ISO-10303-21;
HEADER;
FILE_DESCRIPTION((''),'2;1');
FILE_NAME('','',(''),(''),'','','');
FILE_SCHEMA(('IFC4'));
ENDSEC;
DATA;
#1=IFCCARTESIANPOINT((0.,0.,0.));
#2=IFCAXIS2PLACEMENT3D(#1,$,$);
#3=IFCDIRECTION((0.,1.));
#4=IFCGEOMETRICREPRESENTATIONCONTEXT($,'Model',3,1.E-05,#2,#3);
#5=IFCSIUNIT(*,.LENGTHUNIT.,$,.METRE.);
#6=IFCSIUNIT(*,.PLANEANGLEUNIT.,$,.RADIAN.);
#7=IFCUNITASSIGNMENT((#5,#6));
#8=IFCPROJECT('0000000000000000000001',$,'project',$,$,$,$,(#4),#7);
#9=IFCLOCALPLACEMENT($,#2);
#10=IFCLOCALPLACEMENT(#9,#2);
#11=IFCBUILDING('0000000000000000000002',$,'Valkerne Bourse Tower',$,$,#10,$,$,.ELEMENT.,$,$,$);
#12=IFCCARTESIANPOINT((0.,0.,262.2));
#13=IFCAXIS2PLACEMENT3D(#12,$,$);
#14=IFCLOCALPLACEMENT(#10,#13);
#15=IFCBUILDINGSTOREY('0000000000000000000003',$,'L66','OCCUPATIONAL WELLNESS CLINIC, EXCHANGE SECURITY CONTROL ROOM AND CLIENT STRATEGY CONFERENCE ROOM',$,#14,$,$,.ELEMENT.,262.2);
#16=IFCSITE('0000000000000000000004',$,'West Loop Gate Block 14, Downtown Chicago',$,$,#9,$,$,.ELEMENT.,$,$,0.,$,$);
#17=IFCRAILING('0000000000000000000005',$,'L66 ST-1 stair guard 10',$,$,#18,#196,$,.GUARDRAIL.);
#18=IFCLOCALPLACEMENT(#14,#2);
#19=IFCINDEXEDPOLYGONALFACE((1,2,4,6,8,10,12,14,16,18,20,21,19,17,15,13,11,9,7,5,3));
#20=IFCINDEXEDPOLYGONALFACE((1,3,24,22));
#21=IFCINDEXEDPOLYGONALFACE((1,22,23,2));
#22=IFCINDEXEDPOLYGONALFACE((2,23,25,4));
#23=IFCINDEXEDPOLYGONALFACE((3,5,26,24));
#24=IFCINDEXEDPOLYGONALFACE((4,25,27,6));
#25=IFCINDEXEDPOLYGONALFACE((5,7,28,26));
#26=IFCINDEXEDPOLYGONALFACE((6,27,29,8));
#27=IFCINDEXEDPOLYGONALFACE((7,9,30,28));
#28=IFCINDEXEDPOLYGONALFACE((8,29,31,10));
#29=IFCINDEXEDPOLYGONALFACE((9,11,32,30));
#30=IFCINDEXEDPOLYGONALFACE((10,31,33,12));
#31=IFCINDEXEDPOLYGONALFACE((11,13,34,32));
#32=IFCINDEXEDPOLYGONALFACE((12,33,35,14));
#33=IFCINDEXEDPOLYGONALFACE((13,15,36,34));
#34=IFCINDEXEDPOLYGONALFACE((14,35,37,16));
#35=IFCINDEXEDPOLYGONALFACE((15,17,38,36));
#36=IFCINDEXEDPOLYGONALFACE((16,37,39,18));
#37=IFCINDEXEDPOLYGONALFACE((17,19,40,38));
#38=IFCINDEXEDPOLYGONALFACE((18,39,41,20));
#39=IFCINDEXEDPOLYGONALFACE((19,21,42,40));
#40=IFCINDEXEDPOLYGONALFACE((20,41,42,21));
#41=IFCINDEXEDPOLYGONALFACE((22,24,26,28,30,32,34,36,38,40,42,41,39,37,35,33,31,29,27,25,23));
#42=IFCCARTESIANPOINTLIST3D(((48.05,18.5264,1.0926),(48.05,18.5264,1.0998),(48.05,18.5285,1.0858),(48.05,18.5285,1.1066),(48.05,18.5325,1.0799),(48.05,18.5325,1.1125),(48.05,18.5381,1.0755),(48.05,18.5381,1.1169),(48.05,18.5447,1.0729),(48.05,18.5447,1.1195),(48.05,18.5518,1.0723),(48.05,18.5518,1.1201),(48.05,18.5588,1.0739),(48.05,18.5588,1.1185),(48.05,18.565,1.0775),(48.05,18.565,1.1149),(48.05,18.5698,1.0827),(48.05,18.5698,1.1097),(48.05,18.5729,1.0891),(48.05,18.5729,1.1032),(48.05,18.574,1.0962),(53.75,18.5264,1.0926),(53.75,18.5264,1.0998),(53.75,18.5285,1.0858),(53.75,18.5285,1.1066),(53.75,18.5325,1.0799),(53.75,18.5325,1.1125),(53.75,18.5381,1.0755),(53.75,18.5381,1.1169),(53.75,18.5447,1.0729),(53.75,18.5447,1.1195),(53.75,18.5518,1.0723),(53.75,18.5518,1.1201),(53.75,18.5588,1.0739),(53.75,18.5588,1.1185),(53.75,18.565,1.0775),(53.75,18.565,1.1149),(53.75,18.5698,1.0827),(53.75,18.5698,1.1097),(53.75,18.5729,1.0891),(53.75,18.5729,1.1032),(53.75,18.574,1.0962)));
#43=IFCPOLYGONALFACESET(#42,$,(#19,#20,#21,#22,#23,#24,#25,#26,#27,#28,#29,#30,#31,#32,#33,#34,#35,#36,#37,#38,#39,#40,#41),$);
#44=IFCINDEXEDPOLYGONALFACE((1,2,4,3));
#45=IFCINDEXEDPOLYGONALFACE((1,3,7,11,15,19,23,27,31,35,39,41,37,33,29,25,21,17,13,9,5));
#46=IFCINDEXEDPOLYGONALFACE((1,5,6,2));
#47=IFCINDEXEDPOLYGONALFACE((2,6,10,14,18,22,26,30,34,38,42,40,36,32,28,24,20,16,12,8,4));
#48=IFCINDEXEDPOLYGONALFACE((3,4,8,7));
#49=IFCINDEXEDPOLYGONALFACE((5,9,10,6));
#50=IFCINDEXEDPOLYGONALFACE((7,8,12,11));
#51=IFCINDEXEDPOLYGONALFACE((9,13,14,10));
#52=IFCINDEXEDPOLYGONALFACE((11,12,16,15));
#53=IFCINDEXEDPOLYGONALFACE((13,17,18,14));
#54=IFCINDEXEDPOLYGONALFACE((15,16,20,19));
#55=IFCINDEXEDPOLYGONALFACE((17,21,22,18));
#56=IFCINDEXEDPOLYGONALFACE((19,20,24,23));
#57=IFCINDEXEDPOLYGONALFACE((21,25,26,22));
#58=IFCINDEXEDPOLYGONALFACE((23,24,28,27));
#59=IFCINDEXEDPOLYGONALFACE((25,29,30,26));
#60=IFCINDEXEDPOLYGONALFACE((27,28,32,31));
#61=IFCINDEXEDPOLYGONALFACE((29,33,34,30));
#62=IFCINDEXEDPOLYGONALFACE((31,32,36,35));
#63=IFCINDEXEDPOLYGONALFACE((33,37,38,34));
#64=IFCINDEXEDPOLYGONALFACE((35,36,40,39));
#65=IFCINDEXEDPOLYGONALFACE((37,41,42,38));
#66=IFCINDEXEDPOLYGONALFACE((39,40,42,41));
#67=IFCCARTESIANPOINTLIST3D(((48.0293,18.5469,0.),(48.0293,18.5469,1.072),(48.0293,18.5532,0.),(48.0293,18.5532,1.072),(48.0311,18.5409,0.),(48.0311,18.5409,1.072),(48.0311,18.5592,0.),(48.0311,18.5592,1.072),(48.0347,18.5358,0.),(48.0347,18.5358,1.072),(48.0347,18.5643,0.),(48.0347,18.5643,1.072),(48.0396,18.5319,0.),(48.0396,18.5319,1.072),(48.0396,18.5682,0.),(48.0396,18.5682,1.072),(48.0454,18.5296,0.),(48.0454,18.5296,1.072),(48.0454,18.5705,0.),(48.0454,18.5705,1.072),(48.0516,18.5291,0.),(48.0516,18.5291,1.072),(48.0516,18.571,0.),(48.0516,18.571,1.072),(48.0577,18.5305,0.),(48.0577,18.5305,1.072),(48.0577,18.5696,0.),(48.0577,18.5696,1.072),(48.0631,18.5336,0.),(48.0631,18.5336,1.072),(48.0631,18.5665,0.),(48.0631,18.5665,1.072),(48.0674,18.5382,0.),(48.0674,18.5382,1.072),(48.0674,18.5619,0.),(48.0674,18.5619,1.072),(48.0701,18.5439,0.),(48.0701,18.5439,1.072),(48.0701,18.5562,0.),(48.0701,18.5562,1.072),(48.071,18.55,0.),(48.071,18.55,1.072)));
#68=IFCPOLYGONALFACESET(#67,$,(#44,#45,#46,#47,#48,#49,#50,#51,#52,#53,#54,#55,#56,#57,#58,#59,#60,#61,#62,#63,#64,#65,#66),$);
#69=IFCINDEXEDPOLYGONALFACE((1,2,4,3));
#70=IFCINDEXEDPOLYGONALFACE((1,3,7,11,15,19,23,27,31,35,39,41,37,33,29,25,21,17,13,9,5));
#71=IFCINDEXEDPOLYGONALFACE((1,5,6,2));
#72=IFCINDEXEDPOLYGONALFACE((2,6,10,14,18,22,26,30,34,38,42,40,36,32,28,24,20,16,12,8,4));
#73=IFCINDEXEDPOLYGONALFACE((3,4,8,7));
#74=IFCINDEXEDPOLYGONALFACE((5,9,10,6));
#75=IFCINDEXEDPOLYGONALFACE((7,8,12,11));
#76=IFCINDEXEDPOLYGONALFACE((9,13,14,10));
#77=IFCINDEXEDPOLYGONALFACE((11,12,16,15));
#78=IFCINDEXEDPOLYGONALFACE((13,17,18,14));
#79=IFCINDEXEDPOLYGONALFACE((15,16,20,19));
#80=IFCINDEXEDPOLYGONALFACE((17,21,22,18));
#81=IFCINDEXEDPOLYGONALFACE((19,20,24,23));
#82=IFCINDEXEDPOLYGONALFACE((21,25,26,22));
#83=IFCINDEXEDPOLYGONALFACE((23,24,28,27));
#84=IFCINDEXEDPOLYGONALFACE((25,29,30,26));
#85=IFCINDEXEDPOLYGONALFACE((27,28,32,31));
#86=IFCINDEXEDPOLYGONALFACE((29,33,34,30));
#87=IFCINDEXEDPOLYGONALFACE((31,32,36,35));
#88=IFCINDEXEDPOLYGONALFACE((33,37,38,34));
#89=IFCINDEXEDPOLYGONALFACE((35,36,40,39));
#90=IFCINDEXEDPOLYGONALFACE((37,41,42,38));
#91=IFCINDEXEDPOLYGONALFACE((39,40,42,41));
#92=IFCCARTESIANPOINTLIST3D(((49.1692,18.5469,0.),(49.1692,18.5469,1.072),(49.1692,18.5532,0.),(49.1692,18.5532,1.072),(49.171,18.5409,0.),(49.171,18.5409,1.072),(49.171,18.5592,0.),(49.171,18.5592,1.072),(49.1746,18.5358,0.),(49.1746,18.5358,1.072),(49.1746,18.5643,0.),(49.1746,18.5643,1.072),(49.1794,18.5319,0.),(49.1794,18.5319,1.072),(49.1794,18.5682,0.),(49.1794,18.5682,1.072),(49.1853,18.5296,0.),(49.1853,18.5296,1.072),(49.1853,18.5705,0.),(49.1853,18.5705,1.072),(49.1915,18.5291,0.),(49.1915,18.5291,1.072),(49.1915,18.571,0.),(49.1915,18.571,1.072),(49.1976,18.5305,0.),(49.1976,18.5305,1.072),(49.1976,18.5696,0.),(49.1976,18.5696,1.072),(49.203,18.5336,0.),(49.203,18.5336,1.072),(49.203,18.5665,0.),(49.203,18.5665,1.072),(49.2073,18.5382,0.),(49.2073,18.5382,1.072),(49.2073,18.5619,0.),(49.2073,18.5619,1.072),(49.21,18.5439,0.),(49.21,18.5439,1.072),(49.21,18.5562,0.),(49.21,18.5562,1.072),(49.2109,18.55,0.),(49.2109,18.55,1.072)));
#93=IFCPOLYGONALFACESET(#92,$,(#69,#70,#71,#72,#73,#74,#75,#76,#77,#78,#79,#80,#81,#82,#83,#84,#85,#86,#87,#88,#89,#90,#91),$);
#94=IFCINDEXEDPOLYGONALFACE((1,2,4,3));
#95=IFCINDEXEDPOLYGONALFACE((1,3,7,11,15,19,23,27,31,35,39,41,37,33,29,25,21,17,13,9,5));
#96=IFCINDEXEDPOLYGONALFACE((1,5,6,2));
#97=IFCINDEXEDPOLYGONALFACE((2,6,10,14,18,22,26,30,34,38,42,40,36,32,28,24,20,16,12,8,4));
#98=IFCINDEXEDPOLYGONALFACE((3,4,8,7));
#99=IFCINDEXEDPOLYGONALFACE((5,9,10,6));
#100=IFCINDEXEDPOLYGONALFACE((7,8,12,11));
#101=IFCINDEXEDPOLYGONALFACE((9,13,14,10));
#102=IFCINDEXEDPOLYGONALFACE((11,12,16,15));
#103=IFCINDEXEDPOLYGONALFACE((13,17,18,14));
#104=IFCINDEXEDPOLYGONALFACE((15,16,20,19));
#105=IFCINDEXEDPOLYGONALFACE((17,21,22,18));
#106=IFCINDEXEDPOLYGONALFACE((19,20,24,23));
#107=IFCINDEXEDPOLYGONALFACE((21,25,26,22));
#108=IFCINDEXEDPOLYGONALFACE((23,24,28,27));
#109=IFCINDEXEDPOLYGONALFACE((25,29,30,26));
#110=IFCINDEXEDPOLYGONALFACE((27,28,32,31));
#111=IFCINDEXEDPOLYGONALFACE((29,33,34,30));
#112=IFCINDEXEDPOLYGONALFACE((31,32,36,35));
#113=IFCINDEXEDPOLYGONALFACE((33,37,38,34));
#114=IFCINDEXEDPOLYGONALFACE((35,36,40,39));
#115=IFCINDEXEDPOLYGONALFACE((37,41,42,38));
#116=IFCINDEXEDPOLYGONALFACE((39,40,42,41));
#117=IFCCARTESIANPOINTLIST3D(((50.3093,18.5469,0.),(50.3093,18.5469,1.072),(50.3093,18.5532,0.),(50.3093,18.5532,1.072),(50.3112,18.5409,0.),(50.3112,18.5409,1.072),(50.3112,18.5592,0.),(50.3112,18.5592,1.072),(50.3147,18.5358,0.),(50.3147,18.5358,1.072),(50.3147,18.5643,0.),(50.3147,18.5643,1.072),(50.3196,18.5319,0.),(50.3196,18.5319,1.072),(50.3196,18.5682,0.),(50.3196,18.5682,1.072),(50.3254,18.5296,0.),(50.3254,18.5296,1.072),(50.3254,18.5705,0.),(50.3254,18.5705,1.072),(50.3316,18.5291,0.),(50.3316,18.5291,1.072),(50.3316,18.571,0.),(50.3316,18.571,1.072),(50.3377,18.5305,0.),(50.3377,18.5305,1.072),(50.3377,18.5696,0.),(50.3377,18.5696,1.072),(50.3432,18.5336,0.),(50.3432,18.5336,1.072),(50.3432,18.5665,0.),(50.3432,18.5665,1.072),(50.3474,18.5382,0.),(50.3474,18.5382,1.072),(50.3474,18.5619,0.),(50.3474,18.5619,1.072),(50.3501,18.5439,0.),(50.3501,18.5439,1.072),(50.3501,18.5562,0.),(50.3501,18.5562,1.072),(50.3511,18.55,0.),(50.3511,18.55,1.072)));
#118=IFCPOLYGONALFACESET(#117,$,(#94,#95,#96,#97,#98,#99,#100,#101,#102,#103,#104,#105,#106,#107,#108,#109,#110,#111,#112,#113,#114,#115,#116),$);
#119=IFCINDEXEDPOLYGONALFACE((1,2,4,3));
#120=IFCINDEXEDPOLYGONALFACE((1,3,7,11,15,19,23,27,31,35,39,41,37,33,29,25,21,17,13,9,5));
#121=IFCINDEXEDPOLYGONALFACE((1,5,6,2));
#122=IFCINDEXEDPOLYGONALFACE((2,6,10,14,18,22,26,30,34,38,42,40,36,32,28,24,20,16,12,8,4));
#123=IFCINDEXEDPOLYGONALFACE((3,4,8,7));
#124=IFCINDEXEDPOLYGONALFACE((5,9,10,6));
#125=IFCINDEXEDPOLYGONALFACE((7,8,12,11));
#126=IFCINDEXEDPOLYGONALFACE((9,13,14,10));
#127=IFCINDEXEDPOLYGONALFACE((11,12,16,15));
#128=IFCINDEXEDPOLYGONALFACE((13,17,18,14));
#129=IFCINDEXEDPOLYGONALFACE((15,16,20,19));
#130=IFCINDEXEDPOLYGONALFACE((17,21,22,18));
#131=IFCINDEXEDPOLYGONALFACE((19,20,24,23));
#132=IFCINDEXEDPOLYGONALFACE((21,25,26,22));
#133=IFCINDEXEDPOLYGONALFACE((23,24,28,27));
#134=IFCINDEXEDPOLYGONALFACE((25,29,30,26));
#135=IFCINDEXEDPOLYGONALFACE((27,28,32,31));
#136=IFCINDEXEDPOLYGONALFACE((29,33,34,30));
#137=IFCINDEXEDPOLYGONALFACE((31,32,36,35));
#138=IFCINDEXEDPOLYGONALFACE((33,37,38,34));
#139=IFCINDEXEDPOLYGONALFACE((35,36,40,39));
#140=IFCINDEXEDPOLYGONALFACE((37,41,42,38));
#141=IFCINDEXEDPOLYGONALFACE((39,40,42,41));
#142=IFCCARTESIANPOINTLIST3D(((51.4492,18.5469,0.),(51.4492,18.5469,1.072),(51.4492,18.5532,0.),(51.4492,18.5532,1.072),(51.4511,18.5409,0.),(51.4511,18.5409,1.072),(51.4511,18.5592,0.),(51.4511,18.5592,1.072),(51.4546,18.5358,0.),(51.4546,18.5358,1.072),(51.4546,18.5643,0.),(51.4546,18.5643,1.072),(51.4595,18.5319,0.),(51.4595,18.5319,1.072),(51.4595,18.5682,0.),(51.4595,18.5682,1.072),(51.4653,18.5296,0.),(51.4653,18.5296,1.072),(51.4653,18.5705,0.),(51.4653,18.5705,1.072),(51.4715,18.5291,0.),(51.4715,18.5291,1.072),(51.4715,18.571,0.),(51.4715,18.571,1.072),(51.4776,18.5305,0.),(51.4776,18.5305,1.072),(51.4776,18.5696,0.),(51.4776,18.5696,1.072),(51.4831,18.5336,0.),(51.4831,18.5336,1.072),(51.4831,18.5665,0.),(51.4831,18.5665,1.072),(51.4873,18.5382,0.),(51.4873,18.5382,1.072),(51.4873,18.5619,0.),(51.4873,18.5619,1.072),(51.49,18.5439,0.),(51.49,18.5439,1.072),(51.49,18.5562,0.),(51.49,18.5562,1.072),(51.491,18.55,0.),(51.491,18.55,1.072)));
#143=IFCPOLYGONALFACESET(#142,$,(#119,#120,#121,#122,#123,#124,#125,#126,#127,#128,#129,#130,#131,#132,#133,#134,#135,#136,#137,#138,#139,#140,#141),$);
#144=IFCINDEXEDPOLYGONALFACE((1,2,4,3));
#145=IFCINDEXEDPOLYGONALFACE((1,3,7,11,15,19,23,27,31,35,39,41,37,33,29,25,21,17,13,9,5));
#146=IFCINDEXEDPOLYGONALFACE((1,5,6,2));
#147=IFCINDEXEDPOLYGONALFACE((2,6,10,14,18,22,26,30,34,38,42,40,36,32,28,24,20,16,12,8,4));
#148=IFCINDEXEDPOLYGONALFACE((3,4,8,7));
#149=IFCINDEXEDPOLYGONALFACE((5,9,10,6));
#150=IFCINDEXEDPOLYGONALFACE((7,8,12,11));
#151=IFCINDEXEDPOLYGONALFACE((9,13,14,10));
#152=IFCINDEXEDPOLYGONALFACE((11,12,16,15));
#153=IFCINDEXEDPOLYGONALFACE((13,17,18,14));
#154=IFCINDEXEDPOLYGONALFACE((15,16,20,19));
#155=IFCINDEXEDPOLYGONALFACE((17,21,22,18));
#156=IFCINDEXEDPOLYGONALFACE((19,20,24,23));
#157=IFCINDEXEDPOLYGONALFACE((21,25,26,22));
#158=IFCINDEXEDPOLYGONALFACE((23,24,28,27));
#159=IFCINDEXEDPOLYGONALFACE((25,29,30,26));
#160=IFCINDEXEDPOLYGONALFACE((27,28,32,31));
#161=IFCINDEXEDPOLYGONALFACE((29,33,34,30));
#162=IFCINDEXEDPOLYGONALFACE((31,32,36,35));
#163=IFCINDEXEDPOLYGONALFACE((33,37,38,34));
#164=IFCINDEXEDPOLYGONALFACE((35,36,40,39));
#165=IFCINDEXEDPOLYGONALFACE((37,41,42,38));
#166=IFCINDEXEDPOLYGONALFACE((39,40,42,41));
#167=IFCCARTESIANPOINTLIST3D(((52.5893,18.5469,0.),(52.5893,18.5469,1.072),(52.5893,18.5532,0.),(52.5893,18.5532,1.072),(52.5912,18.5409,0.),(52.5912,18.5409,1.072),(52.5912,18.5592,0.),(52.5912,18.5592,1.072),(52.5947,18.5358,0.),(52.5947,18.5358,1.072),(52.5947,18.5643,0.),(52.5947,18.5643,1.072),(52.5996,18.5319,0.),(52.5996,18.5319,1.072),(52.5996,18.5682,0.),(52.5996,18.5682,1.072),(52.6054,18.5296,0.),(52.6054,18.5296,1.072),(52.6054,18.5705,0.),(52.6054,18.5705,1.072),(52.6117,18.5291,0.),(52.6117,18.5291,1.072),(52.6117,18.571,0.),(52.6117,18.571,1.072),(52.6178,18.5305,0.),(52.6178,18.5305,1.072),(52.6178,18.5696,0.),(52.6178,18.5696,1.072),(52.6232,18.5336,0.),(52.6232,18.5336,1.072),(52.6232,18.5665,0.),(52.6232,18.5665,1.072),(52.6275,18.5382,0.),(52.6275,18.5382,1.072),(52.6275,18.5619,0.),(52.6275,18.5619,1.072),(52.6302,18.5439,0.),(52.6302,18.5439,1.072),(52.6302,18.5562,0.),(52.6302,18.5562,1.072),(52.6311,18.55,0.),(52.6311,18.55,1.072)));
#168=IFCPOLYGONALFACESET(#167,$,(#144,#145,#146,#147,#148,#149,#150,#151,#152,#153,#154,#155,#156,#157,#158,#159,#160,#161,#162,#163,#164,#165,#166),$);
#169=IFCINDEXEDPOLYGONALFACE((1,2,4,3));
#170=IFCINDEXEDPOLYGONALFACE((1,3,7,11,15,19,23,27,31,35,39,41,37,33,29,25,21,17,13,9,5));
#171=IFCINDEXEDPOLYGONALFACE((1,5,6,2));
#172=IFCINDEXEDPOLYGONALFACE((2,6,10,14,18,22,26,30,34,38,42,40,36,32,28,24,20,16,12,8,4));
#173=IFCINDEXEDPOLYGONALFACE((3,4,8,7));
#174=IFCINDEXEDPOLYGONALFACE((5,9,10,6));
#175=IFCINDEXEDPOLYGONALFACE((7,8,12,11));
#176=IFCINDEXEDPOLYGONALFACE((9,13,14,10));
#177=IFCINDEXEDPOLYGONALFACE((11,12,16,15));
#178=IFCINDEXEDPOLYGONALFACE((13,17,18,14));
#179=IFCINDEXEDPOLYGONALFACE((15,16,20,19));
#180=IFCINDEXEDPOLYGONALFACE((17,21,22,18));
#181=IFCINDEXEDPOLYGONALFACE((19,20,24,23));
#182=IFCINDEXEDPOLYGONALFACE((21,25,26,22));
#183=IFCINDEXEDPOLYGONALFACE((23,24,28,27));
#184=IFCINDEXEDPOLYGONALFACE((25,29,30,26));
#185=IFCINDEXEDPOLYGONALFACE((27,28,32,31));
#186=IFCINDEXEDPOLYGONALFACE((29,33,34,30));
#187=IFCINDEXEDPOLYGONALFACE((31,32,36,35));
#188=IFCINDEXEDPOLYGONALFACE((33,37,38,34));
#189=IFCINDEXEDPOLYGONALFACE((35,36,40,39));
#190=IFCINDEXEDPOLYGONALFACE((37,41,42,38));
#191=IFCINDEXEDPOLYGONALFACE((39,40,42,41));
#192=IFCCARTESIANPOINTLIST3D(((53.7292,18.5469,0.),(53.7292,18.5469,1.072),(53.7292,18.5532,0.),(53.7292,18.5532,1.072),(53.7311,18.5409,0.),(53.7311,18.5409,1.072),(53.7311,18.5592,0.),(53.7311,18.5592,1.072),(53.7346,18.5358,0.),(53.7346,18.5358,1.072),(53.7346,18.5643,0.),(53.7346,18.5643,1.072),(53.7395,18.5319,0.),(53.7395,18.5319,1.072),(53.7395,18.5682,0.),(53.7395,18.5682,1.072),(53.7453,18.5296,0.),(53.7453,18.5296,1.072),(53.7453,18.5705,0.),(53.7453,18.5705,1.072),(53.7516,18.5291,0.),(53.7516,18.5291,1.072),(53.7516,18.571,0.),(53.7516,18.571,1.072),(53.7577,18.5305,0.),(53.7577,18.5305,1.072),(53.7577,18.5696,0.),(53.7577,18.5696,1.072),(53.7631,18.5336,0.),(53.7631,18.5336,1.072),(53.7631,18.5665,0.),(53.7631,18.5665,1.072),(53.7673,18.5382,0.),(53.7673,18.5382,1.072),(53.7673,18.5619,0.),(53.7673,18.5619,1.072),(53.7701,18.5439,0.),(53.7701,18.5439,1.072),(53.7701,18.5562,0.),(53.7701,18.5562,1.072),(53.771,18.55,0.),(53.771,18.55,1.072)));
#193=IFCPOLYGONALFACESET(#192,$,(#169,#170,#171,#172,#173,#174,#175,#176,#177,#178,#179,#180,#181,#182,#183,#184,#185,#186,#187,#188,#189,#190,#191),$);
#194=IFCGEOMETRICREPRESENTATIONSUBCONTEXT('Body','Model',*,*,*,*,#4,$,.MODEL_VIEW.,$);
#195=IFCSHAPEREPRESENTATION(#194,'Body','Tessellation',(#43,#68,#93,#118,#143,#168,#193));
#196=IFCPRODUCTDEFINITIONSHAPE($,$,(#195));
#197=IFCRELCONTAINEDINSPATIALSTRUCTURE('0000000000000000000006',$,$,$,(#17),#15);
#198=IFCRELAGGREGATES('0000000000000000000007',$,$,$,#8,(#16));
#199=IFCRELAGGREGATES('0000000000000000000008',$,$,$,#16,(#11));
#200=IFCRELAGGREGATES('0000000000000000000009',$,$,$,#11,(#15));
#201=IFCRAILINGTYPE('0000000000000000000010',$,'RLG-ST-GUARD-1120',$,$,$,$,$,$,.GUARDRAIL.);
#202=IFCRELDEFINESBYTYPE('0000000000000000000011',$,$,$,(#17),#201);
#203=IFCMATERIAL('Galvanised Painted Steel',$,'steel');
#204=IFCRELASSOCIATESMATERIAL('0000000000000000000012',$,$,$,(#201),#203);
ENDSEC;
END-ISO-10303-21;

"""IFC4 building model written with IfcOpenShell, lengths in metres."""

from ifc_helpers import new_model, si_unit, direction, frame, origin, origin_2d, place, context, subcontext, project, spatial, circle, extrude, material, type_object, element, save


model = new_model("IFC4")

# Units and contexts
model_context = context("Model", 3, precision=1e-05, world=origin(), true_north=direction((0.0, 1.0)))
body_context = subcontext(model_context, "Body", "Model", "MODEL_VIEW")
ifc_project = project(units=[si_unit("LENGTHUNIT", "METRE"), si_unit("PLANEANGLEUNIT", "RADIAN")], contexts=[model_context])

# Site, building, storey
site_placement = place(None, origin())
site = spatial("IfcSite", under=ifc_project, at=site_placement, Name="West Loop Gate Block 14, Downtown Chicago", CompositionType="ELEMENT", RefElevation=0.0)
building_placement = place(site_placement, origin())
building = spatial("IfcBuilding", under=site, at=building_placement, Name="Valkerne Bourse Tower", CompositionType="ELEMENT")
storey_placement = place(building_placement, frame((0.0, 0.0, 262.2)))
storey = spatial("IfcBuildingStorey", under=building, at=storey_placement, Name="L66", Description="OCCUPATIONAL WELLNESS CLINIC, EXCHANGE SECURITY CONTROL ROOM AND CLIENT STRATEGY CONFERENCE ROOM", CompositionType="ELEMENT", Elevation=262.2)

# Railing
ifc_material_1 = material(Name="Galvanised Painted Steel", Category="steel")
railing_type_1 = type_object("IfcRailingType", Name="RLG-ST-GUARD-1120", PredefinedType="GUARDRAIL", material=ifc_material_1)
railing_1_placement = place(storey_placement, frame((48.05, 18.55, 0.0)))
element("IfcRailing", 1, at=railing_1_placement, inside=storey, type_object=railing_type_1, Name="L66 ST-1 stair guard 10", PredefinedType="GUARDRAIL", context=body_context, shape_type="SweptSolid", body=[
    extrude(circle(Radius=0.0239, at=origin_2d()), frame((0.0, 0.0, 1.0962), z_axis=(1.0, 0.0, 0.0), x_axis=(0.0, 1.0, 0.0)), (0.0, 0.0, 1.0), 5.7),
    extrude(circle(Radius=0.021, at=origin_2d()), origin(), (0.0, 0.0, 1.0), 1.072),
    extrude(circle(Radius=0.021, at=origin_2d()), frame((1.1399, 0.0, 0.0)), (0.0, 0.0, 1.0), 1.072),
    extrude(circle(Radius=0.021, at=origin_2d()), frame((2.28, 0.0, 0.0)), (0.0, 0.0, 1.0), 1.072),
    extrude(circle(Radius=0.021, at=origin_2d()), frame((3.4199, 0.0, 0.0)), (0.0, 0.0, 1.0), 1.072),
    extrude(circle(Radius=0.021, at=origin_2d()), frame((4.5601, 0.0, 0.0)), (0.0, 0.0, 1.0), 1.072),
    extrude(circle(Radius=0.021, at=origin_2d()), frame((5.7, 0.0, 0.0)), (0.0, 0.0, 1.0), 1.072),
])

save(model, "model.ifc")
